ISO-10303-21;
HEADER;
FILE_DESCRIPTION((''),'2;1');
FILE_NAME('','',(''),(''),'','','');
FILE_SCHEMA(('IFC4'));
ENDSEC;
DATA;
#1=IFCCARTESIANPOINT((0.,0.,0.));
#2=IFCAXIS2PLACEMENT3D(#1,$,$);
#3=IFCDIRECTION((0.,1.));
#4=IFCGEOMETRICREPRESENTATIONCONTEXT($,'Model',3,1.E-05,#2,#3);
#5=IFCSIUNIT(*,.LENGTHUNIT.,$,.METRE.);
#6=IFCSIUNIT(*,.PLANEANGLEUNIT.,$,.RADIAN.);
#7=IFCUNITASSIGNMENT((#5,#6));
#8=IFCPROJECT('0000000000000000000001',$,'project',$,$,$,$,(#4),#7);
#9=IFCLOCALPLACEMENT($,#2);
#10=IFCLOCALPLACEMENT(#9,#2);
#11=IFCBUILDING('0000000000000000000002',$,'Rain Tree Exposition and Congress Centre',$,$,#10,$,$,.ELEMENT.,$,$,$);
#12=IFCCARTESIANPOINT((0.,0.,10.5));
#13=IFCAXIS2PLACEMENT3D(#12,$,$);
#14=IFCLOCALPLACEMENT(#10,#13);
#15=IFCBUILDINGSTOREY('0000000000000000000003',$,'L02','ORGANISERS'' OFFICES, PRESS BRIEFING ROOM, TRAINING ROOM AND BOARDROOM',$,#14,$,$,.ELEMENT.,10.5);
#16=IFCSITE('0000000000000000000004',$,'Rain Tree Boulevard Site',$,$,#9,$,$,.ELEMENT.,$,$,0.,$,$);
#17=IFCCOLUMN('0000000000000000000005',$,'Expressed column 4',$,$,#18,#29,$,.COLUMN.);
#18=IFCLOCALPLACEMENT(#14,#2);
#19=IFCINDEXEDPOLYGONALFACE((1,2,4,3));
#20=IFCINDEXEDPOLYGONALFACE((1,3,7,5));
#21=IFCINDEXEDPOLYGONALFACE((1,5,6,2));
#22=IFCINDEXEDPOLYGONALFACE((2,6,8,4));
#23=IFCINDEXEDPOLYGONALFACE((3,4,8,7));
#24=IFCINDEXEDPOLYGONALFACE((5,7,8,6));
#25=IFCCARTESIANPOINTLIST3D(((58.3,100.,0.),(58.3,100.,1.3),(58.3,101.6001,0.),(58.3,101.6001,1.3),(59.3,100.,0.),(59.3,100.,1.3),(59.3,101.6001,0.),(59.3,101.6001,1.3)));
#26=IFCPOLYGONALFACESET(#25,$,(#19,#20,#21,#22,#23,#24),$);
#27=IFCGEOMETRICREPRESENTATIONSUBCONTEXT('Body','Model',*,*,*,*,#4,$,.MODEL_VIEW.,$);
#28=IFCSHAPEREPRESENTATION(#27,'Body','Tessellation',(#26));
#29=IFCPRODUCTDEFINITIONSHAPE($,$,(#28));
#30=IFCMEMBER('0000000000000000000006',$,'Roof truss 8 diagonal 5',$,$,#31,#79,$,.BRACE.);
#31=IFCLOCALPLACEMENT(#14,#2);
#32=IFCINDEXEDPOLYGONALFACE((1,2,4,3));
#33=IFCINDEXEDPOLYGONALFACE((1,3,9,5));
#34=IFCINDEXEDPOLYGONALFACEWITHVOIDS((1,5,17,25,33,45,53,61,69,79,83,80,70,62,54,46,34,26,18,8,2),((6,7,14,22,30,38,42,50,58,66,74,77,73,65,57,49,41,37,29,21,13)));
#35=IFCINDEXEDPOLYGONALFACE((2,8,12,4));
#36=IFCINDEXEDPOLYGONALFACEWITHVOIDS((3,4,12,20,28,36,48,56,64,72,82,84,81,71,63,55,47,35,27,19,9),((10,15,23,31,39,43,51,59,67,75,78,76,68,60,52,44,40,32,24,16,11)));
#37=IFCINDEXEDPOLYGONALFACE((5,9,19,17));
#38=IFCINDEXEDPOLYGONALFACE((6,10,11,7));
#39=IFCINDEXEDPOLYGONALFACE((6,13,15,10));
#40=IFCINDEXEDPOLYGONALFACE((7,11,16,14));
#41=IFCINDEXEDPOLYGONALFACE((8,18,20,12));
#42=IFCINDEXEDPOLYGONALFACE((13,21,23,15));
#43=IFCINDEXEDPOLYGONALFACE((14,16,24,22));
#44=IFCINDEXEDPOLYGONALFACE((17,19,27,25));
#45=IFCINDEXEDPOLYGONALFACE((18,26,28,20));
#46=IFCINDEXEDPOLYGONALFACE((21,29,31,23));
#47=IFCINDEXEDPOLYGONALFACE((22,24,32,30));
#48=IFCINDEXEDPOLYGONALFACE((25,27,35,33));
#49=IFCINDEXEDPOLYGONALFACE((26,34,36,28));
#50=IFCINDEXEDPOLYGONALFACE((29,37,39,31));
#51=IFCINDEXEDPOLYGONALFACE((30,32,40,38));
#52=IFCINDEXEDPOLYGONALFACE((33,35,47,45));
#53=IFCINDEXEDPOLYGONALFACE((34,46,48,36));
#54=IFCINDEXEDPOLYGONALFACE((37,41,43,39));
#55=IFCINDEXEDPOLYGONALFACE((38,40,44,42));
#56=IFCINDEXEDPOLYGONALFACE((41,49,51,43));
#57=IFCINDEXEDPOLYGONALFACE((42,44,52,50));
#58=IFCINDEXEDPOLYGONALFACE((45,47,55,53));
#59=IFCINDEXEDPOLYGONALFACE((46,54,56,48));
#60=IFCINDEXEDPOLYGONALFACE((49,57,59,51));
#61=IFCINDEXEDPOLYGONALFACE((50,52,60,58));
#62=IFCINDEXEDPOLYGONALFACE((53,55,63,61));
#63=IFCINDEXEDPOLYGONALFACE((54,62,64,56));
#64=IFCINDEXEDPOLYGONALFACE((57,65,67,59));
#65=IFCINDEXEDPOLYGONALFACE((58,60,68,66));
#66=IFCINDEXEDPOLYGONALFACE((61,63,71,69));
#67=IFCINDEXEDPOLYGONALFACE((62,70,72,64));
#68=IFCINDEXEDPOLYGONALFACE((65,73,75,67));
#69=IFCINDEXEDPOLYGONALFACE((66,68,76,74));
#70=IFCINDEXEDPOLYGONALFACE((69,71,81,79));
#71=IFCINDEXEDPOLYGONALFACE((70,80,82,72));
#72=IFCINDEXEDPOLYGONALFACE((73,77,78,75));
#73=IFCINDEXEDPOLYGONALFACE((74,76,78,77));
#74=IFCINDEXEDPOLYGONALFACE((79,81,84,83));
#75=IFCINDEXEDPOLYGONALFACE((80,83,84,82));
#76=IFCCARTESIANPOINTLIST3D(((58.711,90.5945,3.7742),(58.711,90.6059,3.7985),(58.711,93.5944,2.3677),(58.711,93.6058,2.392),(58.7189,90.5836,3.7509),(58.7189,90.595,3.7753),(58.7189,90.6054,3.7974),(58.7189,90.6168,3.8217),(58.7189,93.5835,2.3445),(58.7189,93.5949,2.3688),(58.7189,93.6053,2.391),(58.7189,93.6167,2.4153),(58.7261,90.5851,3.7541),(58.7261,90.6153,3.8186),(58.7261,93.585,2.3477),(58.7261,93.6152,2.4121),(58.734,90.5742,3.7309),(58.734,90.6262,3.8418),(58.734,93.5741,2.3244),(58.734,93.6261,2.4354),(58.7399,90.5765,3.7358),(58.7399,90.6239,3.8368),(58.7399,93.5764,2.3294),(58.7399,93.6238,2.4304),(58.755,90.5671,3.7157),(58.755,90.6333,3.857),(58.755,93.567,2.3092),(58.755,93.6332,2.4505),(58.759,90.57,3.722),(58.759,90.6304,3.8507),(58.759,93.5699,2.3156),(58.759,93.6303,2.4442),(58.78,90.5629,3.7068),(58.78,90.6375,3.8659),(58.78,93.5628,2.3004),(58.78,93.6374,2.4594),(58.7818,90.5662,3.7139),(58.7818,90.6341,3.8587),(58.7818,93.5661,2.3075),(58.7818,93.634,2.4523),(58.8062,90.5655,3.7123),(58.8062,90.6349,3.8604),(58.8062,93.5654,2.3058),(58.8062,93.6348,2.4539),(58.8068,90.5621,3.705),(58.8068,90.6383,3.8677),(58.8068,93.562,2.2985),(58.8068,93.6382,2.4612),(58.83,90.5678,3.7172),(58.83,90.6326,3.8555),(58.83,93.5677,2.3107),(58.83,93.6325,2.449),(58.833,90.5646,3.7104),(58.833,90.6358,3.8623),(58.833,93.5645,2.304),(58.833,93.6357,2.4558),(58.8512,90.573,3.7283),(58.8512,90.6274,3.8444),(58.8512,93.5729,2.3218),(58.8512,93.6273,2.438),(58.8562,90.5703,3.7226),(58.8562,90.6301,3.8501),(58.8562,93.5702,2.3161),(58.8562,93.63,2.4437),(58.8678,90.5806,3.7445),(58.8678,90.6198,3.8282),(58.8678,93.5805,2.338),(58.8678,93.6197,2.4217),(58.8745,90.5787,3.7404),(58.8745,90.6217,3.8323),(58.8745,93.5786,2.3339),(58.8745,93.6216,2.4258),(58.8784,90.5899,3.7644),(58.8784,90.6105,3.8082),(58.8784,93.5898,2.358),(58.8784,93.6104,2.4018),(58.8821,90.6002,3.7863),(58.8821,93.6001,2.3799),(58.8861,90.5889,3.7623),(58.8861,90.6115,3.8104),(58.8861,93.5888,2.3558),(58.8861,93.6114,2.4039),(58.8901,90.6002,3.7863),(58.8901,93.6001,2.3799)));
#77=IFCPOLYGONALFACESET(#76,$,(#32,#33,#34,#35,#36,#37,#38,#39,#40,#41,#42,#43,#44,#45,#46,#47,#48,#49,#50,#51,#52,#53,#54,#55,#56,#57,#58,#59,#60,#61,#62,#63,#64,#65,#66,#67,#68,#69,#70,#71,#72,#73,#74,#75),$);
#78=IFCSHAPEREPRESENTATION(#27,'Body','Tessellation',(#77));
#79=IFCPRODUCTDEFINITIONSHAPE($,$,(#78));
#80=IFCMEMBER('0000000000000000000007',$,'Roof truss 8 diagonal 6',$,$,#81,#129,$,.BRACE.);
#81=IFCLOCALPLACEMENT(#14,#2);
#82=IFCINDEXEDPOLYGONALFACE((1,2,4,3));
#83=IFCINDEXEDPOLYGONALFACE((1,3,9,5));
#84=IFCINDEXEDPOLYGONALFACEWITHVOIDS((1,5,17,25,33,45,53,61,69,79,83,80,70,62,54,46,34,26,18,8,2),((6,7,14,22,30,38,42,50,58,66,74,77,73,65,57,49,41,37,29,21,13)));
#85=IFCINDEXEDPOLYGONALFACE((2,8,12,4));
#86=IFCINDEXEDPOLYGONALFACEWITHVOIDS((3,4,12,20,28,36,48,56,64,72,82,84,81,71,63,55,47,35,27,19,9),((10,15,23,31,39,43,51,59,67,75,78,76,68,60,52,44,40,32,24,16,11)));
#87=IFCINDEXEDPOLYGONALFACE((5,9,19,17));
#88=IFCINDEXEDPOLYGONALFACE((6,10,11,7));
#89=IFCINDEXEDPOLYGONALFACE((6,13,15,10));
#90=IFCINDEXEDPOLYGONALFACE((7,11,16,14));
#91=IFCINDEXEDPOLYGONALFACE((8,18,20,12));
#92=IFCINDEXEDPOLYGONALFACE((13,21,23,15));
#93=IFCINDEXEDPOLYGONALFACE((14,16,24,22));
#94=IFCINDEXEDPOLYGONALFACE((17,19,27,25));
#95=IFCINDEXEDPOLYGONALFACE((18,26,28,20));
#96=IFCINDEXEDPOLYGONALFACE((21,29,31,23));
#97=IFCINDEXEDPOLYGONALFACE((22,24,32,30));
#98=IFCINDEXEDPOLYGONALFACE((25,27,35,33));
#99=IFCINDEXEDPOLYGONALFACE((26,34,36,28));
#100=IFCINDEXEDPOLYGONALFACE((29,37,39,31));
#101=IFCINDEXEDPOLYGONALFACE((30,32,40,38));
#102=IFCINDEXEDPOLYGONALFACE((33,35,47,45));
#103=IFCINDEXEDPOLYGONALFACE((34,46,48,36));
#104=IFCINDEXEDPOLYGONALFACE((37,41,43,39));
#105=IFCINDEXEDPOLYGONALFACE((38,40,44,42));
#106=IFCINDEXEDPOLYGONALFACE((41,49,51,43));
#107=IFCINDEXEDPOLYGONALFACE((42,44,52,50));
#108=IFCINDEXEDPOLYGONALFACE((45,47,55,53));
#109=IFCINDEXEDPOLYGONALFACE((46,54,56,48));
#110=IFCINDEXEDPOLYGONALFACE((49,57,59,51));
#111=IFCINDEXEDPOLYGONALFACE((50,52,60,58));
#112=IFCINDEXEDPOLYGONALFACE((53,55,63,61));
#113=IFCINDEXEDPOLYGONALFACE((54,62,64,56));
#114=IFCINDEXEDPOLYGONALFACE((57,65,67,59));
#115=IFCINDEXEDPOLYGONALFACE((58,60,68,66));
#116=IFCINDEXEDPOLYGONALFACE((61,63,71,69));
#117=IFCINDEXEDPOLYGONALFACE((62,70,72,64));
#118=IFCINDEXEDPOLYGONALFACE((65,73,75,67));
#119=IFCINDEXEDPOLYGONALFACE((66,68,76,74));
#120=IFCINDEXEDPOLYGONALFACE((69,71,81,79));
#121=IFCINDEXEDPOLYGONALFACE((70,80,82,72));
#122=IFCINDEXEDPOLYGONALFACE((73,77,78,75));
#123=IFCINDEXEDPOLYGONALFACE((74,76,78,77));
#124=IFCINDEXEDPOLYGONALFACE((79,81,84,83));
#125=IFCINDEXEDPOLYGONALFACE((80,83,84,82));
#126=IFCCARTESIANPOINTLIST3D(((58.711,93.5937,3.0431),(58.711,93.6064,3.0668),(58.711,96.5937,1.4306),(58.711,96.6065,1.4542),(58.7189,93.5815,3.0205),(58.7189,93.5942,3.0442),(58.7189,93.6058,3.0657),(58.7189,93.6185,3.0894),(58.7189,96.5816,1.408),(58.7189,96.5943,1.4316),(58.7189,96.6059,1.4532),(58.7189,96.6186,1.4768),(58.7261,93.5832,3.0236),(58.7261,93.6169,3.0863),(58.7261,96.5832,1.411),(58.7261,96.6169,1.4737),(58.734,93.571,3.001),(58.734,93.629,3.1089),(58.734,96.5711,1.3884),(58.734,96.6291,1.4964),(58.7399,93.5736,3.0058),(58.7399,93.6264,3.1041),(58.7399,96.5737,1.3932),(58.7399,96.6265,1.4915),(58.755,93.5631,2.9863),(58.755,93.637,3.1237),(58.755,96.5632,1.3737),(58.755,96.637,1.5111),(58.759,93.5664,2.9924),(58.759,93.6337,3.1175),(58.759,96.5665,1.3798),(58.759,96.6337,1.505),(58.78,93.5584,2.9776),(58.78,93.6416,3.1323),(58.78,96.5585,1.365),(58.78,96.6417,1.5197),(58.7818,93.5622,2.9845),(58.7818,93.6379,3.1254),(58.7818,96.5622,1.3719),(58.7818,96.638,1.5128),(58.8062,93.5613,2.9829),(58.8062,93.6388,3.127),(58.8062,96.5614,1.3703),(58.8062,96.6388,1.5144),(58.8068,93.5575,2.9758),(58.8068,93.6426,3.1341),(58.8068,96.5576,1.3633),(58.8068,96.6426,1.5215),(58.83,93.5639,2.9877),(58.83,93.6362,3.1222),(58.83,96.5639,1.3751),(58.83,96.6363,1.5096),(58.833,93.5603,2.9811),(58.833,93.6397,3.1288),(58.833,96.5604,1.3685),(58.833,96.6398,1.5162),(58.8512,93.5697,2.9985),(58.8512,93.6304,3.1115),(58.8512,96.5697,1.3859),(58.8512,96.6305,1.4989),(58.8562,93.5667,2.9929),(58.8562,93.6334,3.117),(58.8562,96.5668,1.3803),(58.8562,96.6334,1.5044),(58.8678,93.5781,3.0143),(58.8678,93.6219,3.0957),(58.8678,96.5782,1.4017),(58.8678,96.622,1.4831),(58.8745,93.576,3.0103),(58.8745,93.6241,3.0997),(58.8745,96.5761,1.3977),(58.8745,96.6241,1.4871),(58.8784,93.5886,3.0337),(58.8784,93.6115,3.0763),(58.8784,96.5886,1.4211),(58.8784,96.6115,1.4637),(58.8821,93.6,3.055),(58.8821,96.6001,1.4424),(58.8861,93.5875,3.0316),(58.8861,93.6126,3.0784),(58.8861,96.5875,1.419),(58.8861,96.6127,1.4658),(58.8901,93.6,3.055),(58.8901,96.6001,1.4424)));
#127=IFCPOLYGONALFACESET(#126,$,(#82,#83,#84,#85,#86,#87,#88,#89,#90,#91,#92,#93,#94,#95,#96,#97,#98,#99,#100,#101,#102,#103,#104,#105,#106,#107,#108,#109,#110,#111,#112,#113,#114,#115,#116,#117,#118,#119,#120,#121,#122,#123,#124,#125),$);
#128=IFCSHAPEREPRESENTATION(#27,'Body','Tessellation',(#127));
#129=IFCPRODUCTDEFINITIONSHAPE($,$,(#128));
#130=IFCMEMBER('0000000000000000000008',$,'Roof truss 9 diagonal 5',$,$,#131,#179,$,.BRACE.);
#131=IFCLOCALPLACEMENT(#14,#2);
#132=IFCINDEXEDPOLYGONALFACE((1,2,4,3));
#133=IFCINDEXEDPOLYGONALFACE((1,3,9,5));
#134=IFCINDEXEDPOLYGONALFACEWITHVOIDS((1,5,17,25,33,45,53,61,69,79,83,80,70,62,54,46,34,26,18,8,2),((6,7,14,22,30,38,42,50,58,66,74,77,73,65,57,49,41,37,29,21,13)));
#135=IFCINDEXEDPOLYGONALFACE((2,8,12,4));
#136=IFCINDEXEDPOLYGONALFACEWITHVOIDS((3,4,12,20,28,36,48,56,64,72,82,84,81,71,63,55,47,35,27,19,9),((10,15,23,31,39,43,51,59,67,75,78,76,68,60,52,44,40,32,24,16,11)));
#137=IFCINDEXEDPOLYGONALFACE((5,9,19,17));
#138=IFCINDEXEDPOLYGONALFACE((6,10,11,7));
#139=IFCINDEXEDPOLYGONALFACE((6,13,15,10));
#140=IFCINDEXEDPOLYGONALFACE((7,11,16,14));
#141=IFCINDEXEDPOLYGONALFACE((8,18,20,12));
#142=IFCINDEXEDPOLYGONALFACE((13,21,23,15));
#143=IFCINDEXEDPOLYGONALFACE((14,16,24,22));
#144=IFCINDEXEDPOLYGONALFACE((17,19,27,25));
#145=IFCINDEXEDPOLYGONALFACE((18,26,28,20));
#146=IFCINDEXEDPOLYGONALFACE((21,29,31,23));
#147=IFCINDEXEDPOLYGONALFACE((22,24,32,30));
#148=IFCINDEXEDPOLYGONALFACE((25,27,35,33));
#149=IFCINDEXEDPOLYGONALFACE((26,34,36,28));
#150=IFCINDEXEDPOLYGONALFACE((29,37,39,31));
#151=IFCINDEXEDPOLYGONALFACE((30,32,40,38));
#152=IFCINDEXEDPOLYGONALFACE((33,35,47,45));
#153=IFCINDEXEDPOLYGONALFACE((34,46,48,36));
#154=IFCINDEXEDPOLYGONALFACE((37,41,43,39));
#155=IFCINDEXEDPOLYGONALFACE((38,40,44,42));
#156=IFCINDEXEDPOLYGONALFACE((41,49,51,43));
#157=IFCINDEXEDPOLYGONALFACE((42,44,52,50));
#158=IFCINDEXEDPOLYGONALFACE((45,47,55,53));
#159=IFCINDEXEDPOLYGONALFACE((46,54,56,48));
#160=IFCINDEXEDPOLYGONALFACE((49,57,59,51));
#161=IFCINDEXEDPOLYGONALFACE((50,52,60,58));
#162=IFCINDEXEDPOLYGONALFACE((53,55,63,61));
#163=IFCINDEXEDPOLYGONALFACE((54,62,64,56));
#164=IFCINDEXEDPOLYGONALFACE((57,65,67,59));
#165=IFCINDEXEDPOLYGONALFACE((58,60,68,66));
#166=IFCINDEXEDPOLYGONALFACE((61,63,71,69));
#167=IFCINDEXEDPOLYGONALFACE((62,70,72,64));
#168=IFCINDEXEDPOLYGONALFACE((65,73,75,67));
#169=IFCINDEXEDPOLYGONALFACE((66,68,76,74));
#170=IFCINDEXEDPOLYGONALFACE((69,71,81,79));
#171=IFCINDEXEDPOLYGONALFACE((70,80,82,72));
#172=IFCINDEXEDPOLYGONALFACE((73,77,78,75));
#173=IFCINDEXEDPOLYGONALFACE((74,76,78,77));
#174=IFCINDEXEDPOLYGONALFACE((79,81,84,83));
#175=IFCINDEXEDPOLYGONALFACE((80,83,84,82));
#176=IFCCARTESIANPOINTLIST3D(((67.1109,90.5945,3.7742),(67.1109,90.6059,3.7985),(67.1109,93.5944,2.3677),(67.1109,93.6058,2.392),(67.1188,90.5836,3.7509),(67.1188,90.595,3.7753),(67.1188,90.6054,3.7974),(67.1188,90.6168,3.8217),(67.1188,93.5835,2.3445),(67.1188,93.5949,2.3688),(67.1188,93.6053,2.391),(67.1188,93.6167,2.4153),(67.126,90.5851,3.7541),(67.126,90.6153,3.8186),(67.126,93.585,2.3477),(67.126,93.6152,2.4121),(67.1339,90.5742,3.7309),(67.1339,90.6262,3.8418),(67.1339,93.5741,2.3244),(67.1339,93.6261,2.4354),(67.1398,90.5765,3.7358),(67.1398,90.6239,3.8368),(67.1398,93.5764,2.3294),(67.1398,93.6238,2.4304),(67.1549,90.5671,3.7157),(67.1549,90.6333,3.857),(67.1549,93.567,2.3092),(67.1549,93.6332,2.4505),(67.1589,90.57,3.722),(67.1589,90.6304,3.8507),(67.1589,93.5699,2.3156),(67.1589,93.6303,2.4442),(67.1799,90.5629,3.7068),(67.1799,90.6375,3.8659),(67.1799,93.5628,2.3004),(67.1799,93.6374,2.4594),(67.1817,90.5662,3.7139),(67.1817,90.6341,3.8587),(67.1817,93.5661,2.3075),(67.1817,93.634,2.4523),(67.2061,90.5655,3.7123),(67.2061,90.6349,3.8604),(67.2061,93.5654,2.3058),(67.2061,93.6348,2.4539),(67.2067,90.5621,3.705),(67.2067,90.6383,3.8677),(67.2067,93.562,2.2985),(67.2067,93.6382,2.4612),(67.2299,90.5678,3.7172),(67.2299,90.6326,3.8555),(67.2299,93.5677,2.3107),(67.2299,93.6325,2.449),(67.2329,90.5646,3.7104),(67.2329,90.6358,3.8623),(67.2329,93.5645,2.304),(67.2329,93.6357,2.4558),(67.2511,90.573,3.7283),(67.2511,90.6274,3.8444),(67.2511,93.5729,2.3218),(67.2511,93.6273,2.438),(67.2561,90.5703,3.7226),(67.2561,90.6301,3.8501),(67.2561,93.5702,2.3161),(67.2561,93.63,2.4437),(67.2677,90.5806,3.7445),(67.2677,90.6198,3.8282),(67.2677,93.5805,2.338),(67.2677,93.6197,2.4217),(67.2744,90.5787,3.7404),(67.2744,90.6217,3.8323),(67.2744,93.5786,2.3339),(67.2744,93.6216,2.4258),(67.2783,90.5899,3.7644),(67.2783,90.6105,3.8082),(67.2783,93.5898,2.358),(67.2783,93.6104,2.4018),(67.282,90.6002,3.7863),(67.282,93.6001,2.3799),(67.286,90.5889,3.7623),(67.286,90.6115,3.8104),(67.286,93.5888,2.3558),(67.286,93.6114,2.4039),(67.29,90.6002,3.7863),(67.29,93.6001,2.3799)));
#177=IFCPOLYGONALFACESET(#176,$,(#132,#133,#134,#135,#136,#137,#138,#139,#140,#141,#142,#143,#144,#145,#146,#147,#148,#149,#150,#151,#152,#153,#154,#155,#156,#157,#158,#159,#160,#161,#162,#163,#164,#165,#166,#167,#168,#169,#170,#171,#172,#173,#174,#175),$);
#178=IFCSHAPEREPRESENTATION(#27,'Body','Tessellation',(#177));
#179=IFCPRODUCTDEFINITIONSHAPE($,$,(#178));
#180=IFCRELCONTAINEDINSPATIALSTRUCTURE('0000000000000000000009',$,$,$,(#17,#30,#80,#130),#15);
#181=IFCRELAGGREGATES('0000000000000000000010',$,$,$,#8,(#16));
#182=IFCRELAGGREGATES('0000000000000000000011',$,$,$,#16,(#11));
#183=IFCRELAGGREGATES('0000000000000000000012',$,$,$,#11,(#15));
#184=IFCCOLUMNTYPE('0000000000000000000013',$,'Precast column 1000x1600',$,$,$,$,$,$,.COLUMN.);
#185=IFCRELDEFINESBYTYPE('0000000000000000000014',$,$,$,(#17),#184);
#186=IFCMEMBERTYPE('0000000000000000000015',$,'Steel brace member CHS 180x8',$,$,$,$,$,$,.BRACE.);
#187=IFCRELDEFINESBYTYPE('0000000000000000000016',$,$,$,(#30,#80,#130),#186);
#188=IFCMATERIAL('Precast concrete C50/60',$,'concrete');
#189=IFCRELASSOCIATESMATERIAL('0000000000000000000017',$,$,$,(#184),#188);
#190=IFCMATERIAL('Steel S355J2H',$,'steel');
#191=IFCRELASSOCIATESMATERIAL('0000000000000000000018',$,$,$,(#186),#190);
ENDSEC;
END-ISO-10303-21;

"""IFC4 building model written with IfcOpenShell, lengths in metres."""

from ifc_helpers import new_model, si_unit, direction, frame, origin, origin_2d, place, context, subcontext, project, spatial, rectangle, hollow_circle, extrude, material, material_profile, profile_set, type_object, element, save


model = new_model("IFC4")

# Units and contexts
model_context = context("Model", 3, precision=1e-05, world=origin(), true_north=direction((0.0, 1.0)))
body_context = subcontext(model_context, "Body", "Model", "MODEL_VIEW")
ifc_project = project(units=[si_unit("LENGTHUNIT", "METRE"), si_unit("PLANEANGLEUNIT", "RADIAN")], contexts=[model_context])

# Site, building, storey
site_placement = place(None, origin())
site = spatial("IfcSite", under=ifc_project, at=site_placement, Name="Rain Tree Boulevard Site", CompositionType="ELEMENT", RefElevation=0.0)
building_placement = place(site_placement, origin())
building = spatial("IfcBuilding", under=site, at=building_placement, Name="Rain Tree Exposition and Congress Centre", CompositionType="ELEMENT")
storey_placement = place(building_placement, frame((0.0, 0.0, 10.5)))
storey = spatial("IfcBuildingStorey", under=building, at=storey_placement, Name="L02", Description="ORGANISERS' OFFICES, PRESS BRIEFING ROOM, TRAINING ROOM AND BOARDROOM", CompositionType="ELEMENT", Elevation=10.5)

# Column
ifc_material_1 = material(Name="Precast concrete C50/60", Category="concrete")
ifc_material_profile_1 = material_profile(ifc_material_1, rectangle(XDim=1.0, YDim=1.6001, at=origin_2d()), Name="RC 1000x1600")
ifc_profile_set_1 = profile_set([ifc_material_profile_1], Name="Precast concrete C50/60")
column_type = type_object("IfcColumnType", Name="Precast column 1000x1600", PredefinedType="COLUMN", material=ifc_profile_set_1)
column_placement = place(storey_placement, frame((58.8, 100.8, 0.0), z_axis=(0.0, 0.0, 1.0), x_axis=(1.0, 0.0, 0.0)))
element("IfcColumn", 1, at=column_placement, inside=storey, type_object=column_type, Name="Expressed column 4", PredefinedType="COLUMN", context=body_context, shape_type="SweptSolid", body=[
    extrude(rectangle(XDim=1.0, YDim=1.6001, at=origin_2d()), origin(), (0.0, 0.0, 1.0), 1.3),
])

# Members
ifc_material_2 = material(Name="Steel S355J2H", Category="steel")
ifc_material_profile_2 = material_profile(ifc_material_2, hollow_circle(Radius=0.0901, WallThickness=0.0081, at=origin_2d()), Name="CHS 180x8")
ifc_profile_set_2 = profile_set([ifc_material_profile_2], Name="Steel S355J2H")
member_type_1 = type_object("IfcMemberType", Name="Steel brace member CHS 180x8", PredefinedType="BRACE", material=ifc_profile_set_2)
member_1_placement = place(storey_placement, frame((58.8, 93.6001, 2.3799), z_axis=(0.0, -0.905431, 0.424494), x_axis=(1.0, 0.0, 0.0)))
element("IfcMember", 2, at=member_1_placement, inside=storey, type_object=member_type_1, Name="Roof truss 8 diagonal 5", PredefinedType="BRACE", context=body_context, shape_type="SweptSolid", body=[
    extrude(hollow_circle(Radius=0.0901, WallThickness=0.0081, at=origin_2d()), origin(), (0.0, 0.0, 1.0), 3.3132),
])
member_2_placement = place(storey_placement, frame((58.8, 96.6001, 1.4424), z_axis=(0.0, -0.880818, 0.473454), x_axis=(1.0, 0.0, 0.0)))
element("IfcMember", 3, at=member_2_placement, inside=storey, type_object=member_type_1, Name="Roof truss 8 diagonal 6", PredefinedType="BRACE", context=body_context, shape_type="SweptSolid", body=[
    extrude(hollow_circle(Radius=0.0901, WallThickness=0.0081, at=origin_2d()), origin(), (0.0, 0.0, 1.0), 3.406),
])
member_3_placement = place(storey_placement, frame((67.2, 93.6001, 2.3799), z_axis=(0.0, -0.905431, 0.424494), x_axis=(1.0, 0.0, 0.0)))
element("IfcMember", 4, at=member_3_placement, inside=storey, type_object=member_type_1, Name="Roof truss 9 diagonal 5", PredefinedType="BRACE", context=body_context, shape_type="SweptSolid", body=[
    extrude(hollow_circle(Radius=0.0901, WallThickness=0.0081, at=origin_2d()), origin(), (0.0, 0.0, 1.0), 3.3132),
])

save(model, "model.ifc")
